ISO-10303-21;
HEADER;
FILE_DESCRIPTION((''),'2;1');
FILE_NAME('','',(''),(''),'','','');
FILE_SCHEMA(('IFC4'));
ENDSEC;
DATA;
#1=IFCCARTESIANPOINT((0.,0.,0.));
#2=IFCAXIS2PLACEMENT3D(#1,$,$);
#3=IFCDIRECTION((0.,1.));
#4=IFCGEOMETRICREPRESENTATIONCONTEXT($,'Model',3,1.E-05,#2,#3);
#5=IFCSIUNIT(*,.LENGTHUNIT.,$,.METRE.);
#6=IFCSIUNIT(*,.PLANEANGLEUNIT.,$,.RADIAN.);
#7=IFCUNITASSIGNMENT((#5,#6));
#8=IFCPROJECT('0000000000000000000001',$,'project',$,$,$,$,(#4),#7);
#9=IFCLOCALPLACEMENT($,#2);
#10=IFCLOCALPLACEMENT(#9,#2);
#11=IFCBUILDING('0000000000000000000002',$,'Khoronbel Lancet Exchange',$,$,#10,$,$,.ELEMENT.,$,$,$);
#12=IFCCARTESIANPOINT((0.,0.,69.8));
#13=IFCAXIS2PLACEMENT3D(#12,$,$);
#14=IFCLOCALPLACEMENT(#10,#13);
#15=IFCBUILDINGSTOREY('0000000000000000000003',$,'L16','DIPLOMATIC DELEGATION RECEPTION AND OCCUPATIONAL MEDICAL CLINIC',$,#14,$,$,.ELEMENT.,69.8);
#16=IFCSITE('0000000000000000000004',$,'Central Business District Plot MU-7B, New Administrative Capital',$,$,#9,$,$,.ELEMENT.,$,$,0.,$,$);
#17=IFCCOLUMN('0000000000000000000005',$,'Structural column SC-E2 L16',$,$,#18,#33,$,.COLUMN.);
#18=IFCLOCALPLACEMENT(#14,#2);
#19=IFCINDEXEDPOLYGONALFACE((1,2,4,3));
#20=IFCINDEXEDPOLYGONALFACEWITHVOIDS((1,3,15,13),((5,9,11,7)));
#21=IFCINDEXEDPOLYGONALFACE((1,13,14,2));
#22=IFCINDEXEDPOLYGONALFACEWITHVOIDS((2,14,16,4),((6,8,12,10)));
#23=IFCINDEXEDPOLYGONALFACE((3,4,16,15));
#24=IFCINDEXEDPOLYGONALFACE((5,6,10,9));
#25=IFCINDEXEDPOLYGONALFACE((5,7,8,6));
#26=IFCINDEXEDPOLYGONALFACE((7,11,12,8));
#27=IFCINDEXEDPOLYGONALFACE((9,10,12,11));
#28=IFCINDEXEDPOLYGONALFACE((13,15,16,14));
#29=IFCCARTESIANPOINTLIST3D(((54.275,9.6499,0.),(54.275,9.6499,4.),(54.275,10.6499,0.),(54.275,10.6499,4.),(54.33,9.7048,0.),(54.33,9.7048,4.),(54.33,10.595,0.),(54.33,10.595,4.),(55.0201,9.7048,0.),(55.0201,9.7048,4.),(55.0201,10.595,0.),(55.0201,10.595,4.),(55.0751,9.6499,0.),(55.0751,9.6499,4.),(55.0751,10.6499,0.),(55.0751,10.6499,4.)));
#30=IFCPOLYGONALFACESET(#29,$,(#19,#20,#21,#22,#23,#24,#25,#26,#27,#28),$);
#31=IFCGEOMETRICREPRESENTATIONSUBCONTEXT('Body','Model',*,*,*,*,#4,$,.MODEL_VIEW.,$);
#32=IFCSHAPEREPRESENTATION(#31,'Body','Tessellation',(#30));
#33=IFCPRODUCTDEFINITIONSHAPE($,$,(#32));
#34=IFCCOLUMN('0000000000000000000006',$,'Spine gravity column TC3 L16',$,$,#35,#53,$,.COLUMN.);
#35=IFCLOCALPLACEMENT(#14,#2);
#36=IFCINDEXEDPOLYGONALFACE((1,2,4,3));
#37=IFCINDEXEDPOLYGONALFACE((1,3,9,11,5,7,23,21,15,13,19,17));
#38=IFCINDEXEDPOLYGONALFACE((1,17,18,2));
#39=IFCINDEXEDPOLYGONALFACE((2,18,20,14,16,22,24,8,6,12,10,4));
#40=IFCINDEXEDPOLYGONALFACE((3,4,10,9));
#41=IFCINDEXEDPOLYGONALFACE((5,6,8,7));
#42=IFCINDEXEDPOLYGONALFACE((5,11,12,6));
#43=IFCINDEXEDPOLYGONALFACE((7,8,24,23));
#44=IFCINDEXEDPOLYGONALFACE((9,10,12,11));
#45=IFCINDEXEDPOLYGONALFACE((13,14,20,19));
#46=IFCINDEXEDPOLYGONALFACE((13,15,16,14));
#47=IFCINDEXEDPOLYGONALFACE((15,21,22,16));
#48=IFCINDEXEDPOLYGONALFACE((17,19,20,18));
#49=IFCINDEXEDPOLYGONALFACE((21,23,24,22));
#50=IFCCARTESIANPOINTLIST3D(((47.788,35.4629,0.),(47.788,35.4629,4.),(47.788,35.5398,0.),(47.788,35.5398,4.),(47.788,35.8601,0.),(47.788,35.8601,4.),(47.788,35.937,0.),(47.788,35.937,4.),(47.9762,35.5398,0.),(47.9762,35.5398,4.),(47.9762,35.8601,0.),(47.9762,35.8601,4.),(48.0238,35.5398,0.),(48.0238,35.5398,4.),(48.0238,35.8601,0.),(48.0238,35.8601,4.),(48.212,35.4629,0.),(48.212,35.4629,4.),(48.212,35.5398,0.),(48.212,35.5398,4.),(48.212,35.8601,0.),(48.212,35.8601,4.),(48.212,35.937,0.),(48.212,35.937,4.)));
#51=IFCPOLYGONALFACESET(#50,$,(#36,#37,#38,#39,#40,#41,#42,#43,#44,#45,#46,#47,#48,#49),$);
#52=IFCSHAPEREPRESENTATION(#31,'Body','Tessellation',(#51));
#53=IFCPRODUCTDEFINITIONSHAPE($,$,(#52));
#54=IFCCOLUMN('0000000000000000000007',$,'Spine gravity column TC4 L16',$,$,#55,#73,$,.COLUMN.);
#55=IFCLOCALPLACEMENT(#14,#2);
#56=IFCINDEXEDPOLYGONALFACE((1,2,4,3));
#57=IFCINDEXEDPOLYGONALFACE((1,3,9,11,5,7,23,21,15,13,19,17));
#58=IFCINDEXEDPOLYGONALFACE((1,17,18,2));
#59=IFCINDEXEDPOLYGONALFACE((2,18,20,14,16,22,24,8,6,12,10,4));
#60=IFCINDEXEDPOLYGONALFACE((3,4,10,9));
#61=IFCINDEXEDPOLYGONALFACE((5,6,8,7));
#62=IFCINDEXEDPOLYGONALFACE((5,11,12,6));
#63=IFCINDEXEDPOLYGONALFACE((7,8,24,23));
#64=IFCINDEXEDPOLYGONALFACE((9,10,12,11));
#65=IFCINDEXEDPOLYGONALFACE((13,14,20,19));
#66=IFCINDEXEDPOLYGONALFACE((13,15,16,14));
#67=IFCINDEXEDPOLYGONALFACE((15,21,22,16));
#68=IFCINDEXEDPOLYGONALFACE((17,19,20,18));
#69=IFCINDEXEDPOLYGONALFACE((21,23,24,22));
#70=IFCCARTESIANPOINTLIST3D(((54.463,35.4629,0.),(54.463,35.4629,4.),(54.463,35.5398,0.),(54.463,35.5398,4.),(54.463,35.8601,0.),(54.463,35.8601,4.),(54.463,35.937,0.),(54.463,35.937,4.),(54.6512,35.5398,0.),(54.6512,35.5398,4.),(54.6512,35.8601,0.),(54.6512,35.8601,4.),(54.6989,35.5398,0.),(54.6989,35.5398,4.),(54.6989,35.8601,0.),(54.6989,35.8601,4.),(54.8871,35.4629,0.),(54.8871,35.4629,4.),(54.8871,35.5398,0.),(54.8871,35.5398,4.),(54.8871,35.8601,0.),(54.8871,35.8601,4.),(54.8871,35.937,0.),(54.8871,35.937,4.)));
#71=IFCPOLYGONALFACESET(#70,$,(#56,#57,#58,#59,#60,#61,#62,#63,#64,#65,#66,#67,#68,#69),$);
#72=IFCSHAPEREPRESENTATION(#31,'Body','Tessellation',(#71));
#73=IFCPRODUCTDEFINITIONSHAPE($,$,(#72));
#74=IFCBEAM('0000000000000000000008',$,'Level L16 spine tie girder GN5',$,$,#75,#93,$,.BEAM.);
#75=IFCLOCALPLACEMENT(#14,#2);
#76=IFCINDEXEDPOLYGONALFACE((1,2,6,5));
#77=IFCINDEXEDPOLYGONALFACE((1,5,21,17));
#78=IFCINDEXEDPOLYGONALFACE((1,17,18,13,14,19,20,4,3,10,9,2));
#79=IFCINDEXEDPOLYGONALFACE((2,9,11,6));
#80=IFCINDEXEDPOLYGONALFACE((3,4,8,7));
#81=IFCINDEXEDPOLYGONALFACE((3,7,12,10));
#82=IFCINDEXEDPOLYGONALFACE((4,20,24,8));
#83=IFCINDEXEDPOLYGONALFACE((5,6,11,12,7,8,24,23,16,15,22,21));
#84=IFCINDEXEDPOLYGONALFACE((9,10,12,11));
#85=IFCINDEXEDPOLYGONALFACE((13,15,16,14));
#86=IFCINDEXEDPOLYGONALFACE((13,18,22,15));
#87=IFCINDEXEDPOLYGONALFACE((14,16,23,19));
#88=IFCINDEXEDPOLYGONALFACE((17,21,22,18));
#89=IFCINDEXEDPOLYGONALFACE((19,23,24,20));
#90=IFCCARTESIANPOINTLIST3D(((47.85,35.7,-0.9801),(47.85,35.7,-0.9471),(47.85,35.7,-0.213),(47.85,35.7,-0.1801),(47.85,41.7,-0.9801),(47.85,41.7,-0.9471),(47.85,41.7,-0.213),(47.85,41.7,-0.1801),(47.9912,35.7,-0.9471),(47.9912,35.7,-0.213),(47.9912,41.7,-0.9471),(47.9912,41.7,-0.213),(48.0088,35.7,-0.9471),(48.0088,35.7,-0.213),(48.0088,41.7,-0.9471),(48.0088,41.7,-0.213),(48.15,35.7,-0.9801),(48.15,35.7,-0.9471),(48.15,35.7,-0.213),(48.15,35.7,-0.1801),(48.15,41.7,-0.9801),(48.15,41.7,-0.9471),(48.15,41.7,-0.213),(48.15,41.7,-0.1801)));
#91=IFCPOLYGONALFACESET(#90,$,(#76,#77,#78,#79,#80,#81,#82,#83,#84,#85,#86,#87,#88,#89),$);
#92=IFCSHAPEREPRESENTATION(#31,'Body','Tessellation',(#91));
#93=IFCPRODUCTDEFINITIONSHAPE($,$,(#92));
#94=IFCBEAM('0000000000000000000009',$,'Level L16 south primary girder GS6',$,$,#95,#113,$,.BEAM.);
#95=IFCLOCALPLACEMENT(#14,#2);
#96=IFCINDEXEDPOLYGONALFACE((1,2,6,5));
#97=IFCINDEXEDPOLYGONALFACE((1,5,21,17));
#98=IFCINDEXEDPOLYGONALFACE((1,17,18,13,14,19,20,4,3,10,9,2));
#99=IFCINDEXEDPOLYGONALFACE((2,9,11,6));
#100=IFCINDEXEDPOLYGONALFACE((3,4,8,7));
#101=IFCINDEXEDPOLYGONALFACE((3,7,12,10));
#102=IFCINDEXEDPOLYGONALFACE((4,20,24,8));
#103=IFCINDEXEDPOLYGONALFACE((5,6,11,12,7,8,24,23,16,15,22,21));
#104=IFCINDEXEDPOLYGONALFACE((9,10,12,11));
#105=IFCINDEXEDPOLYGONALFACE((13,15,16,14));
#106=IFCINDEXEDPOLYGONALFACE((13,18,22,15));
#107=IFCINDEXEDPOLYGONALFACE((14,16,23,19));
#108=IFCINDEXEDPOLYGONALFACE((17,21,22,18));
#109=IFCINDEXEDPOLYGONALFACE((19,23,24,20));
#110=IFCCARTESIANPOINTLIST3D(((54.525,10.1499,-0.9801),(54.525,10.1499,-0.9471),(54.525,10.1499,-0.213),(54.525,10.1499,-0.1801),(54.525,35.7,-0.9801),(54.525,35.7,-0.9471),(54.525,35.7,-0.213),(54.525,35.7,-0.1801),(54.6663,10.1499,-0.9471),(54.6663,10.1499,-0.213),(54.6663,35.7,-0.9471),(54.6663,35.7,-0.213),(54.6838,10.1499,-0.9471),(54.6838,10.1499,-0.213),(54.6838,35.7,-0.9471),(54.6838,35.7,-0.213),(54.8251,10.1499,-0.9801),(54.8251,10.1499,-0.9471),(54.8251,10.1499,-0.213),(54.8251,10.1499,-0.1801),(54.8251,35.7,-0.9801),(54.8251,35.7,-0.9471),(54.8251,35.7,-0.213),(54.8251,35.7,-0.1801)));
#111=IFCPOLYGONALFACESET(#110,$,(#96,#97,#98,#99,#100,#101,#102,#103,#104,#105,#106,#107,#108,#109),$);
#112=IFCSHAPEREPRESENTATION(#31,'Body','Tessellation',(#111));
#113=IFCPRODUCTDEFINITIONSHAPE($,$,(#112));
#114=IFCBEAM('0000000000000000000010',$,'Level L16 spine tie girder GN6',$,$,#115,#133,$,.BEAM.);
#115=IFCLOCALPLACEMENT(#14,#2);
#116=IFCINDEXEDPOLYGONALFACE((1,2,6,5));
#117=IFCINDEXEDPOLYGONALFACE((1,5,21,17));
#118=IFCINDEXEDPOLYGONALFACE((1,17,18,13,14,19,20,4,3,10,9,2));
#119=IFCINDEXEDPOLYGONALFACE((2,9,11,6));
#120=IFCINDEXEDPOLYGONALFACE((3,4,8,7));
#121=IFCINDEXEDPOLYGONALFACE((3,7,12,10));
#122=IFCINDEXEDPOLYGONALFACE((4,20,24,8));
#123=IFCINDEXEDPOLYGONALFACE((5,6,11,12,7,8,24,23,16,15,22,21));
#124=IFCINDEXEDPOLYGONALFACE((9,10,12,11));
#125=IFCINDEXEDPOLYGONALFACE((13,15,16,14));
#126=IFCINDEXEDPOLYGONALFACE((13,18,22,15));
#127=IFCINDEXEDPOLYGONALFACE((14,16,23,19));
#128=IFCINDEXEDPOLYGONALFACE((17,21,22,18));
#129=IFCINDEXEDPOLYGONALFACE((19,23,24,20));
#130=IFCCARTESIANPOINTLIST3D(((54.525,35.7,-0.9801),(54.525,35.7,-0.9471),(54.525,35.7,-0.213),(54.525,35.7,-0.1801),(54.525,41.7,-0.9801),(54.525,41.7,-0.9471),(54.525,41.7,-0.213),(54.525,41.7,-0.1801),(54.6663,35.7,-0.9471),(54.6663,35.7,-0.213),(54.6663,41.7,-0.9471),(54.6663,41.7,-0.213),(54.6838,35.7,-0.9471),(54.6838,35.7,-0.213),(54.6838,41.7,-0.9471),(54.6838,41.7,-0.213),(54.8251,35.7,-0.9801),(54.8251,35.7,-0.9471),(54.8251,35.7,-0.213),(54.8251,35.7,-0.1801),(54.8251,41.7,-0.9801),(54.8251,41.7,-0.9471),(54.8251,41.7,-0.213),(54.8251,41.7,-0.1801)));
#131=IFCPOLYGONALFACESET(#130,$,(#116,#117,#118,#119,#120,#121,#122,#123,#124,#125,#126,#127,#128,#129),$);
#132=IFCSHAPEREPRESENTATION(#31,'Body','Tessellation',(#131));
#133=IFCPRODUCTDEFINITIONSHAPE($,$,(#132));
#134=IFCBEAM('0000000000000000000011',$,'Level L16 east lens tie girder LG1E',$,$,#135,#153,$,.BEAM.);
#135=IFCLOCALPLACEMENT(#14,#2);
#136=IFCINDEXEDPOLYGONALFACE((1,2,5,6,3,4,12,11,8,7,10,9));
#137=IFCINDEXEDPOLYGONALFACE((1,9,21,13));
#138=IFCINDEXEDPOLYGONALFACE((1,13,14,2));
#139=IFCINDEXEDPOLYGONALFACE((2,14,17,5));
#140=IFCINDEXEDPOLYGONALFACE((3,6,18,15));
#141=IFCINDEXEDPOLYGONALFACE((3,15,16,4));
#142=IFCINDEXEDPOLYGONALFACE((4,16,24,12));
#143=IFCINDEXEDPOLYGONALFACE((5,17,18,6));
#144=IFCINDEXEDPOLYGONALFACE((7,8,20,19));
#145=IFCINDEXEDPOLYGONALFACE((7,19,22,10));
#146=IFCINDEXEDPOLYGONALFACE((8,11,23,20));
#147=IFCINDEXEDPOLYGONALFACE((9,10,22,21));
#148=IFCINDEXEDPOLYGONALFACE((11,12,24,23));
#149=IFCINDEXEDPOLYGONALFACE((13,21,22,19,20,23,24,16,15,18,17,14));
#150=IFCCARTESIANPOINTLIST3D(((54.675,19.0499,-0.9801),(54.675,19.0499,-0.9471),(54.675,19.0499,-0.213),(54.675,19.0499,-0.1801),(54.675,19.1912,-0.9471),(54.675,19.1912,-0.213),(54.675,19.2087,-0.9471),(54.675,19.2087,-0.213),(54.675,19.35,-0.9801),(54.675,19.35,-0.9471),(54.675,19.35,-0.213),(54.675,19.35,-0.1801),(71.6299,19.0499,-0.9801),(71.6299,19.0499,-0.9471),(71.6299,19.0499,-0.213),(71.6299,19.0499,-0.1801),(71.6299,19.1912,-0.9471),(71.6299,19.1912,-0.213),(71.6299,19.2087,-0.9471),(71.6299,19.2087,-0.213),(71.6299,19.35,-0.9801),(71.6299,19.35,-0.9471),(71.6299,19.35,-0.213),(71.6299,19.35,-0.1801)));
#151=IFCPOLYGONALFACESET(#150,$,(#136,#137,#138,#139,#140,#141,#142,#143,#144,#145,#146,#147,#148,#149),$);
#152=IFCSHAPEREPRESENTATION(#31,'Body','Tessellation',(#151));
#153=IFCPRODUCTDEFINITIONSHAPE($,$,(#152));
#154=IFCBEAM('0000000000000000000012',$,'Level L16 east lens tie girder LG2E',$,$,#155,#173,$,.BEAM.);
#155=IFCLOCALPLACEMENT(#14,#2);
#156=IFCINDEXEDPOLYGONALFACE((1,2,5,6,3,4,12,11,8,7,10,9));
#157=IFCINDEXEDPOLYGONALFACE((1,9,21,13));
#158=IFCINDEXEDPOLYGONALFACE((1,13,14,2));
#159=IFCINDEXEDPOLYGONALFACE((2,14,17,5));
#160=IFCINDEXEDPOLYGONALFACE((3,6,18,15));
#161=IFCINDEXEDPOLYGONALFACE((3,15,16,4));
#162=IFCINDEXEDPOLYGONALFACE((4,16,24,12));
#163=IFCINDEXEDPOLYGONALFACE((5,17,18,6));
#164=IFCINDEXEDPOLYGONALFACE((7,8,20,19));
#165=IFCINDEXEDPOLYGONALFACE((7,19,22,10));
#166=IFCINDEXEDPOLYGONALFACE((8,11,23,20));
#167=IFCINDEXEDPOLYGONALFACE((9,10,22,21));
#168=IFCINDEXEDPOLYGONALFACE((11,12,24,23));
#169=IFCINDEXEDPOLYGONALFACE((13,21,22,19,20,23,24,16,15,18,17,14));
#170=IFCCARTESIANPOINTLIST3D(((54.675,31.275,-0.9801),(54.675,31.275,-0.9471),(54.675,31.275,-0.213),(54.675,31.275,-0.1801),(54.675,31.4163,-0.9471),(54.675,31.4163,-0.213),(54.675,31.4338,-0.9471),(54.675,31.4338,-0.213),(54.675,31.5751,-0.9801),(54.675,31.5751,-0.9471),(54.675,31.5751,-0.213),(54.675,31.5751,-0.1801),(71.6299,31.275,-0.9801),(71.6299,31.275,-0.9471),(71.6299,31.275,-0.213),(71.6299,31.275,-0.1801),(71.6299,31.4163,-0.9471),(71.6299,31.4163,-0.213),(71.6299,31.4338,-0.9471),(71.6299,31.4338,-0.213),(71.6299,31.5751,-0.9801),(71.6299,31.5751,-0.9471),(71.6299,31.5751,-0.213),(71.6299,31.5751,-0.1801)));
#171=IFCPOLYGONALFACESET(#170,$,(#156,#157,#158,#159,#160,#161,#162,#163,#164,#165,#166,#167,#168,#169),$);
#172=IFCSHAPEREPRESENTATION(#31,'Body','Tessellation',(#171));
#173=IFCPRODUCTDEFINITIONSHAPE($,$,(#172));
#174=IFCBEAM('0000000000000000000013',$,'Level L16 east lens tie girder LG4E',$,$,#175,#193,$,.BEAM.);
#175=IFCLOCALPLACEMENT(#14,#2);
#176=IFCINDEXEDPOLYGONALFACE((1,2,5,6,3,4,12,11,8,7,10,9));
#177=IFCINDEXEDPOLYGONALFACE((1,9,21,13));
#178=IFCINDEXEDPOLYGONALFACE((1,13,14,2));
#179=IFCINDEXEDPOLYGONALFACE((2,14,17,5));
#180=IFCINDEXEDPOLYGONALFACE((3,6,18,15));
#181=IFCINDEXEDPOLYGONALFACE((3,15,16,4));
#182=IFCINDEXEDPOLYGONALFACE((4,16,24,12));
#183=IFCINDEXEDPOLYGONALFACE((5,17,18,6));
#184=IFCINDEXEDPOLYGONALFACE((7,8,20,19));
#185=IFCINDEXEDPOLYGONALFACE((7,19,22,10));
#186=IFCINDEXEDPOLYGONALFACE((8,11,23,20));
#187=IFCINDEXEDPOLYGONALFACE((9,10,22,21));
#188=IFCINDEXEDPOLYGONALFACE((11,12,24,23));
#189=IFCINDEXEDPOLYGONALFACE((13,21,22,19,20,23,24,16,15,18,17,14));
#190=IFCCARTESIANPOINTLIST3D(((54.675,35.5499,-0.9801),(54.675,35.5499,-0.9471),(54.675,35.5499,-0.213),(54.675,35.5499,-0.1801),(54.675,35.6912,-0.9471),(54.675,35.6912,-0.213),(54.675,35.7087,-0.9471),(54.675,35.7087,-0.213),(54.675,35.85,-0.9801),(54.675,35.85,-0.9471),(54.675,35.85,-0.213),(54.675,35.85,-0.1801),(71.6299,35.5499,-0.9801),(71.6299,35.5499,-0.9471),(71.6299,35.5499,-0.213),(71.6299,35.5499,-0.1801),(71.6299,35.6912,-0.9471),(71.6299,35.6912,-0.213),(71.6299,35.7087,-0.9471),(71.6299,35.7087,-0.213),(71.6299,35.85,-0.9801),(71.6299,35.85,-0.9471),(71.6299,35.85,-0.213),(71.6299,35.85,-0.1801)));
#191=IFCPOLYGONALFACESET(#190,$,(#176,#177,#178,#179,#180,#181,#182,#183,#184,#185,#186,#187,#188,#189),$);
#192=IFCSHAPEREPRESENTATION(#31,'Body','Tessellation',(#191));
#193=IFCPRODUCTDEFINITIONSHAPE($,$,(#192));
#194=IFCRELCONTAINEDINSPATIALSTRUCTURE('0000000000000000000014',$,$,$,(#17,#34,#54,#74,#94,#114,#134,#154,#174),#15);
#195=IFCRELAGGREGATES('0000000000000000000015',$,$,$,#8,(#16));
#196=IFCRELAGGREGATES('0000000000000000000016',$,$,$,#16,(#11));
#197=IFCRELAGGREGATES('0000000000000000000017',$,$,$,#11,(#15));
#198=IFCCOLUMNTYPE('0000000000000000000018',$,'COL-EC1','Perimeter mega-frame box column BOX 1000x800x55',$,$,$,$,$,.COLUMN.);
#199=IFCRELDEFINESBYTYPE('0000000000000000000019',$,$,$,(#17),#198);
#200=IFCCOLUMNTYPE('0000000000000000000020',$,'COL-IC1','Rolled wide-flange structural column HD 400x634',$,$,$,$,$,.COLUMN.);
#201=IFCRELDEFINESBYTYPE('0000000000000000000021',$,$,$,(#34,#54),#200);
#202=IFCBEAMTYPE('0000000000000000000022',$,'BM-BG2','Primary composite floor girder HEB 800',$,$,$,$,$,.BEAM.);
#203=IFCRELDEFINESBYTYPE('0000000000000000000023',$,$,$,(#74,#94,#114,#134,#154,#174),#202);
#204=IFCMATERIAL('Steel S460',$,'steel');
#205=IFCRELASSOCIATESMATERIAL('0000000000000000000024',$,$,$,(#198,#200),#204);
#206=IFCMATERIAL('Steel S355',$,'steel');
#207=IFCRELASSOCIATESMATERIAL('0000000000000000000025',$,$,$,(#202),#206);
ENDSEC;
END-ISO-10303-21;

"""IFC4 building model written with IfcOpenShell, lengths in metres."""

from ifc_helpers import new_model, si_unit, direction, frame, origin, origin_2d, place, context, subcontext, project, spatial, hollow_rectangle, i_section, extrude, material, material_profile, profile_set, type_object, element, save


model = new_model("IFC4")

# Units and contexts
model_context = context("Model", 3, precision=1e-05, world=origin(), true_north=direction((0.0, 1.0)))
body_context = subcontext(model_context, "Body", "Model", "MODEL_VIEW")
ifc_project = project(units=[si_unit("LENGTHUNIT", "METRE"), si_unit("PLANEANGLEUNIT", "RADIAN")], contexts=[model_context])

# Site, building, storey
site_placement = place(None, origin())
site = spatial("IfcSite", under=ifc_project, at=site_placement, Name="Central Business District Plot MU-7B, New Administrative Capital", CompositionType="ELEMENT", RefElevation=0.0)
building_placement = place(site_placement, origin())
building = spatial("IfcBuilding", under=site, at=building_placement, Name="Khoronbel Lancet Exchange", CompositionType="ELEMENT")
storey_placement = place(building_placement, frame((0.0, 0.0, 69.8)))
storey = spatial("IfcBuildingStorey", under=building, at=storey_placement, Name="L16", Description="DIPLOMATIC DELEGATION RECEPTION AND OCCUPATIONAL MEDICAL CLINIC", CompositionType="ELEMENT", Elevation=69.8)

# Columns
ifc_material_1 = material(Name="Steel S460", Category="steel")
ifc_material_profile_1 = material_profile(ifc_material_1, hollow_rectangle(XDim=0.8, YDim=1.0, WallThickness=0.0549, at=origin_2d()), Name="BOX 1000x800x55")
ifc_profile_set_1 = profile_set([ifc_material_profile_1], Name="Steel S460")
column_type_1 = type_object("IfcColumnType", Name="COL-EC1", Description="Perimeter mega-frame box column BOX 1000x800x55", PredefinedType="COLUMN", material=ifc_profile_set_1)
column_placement = place(storey_placement, frame((54.675, 10.1499, 0.0), z_axis=(0.0, 0.0, 1.0), x_axis=(1.0, 0.0, 0.0)))
element("IfcColumn", 1, at=column_placement, inside=storey, type_object=column_type_1, Name="Structural column SC-E2 L16", PredefinedType="COLUMN", context=body_context, shape_type="SweptSolid", body=[
    extrude(hollow_rectangle(XDim=0.8, YDim=1.0, WallThickness=0.0549, at=origin_2d()), origin(), (0.0, 0.0, 1.0), 4.0),
])
ifc_material_profile_2 = material_profile(ifc_material_1, i_section(OverallWidth=0.4241, OverallDepth=0.4741, WebThickness=0.0476, FlangeThickness=0.0769, at=origin_2d()), Name="HD 400x634")
ifc_profile_set_2 = profile_set([ifc_material_profile_2], Name="Steel S460")
column_type_2 = type_object("IfcColumnType", Name="COL-IC1", Description="Rolled wide-flange structural column HD 400x634", PredefinedType="COLUMN", material=ifc_profile_set_2)
for number, where, z_axis, x_axis, name in (
    (2, (48.0, 35.7, 0.0), (0.0, 0.0, 1.0), (1.0, 0.0, 0.0), "Spine gravity column TC3 L16"),
    (3, (54.675, 35.7, 0.0), (0.0, 0.0, 1.0), (1.0, 0.0, 0.0), "Spine gravity column TC4 L16"),
):
    element("IfcColumn", number, at=place(storey_placement, frame(where, z_axis=z_axis, x_axis=x_axis)), inside=storey, type_object=column_type_2, Name=name, PredefinedType="COLUMN", context=body_context, shape_type="SweptSolid", body=[
        extrude(i_section(OverallWidth=0.4241, OverallDepth=0.4741, WebThickness=0.0476, FlangeThickness=0.0769, at=origin_2d()), origin(), (0.0, 0.0, 1.0), 4.0),
    ])

# Beams
ifc_material_2 = material(Name="Steel S355", Category="steel")
ifc_material_profile_3 = material_profile(ifc_material_2, i_section(OverallWidth=0.3, OverallDepth=0.8, WebThickness=0.0176, FlangeThickness=0.033, at=origin_2d()), Name="HEB 800")
ifc_profile_set_3 = profile_set([ifc_material_profile_3], Name="Steel S355")
beam_type_1 = type_object("IfcBeamType", Name="BM-BG2", Description="Primary composite floor girder HEB 800", PredefinedType="BEAM", material=ifc_profile_set_3)
beam_1_placement = place(storey_placement, frame((48.0, 35.7, -0.5801), z_axis=(0.0, 1.0, 0.0), x_axis=(-1.0, 0.0, 0.0)))
element("IfcBeam", 4, at=beam_1_placement, inside=storey, type_object=beam_type_1, Name="Level L16 spine tie girder GN5", PredefinedType="BEAM", context=body_context, shape_type="SweptSolid", body=[
    extrude(i_section(OverallWidth=0.3, OverallDepth=0.8, WebThickness=0.0176, FlangeThickness=0.033, at=origin_2d()), origin(), (0.0, 0.0, 1.0), 6.0),
])
beam_2_placement = place(storey_placement, frame((54.675, 10.1499, -0.5801), z_axis=(0.0, 1.0, 0.0), x_axis=(-1.0, 0.0, 0.0)))
element("IfcBeam", 5, at=beam_2_placement, inside=storey, type_object=beam_type_1, Name="Level L16 south primary girder GS6", PredefinedType="BEAM", context=body_context, shape_type="SweptSolid", body=[
    extrude(i_section(OverallWidth=0.3, OverallDepth=0.8, WebThickness=0.0176, FlangeThickness=0.033, at=origin_2d()), origin(), (0.0, 0.0, 1.0), 25.55),
])
beam_3_placement = place(storey_placement, frame((54.675, 35.7, -0.5801), z_axis=(0.0, 1.0, 0.0), x_axis=(-1.0, 0.0, 0.0)))
element("IfcBeam", 6, at=beam_3_placement, inside=storey, type_object=beam_type_1, Name="Level L16 spine tie girder GN6", PredefinedType="BEAM", context=body_context, shape_type="SweptSolid", body=[
    extrude(i_section(OverallWidth=0.3, OverallDepth=0.8, WebThickness=0.0176, FlangeThickness=0.033, at=origin_2d()), origin(), (0.0, 0.0, 1.0), 6.0),
])
for number, where, z_axis, x_axis, name in (
    (7, (54.675, 19.2, -0.5801), (1.0, 0.0, 0.0), (0.0, 1.0, 0.0), "Level L16 east lens tie girder LG1E"),
    (8, (54.675, 31.425, -0.5801), (1.0, 0.0, 0.0), (0.0, 1.0, 0.0), "Level L16 east lens tie girder LG2E"),
    (9, (54.675, 35.7, -0.5801), (1.0, 0.0, 0.0), (0.0, 1.0, 0.0), "Level L16 east lens tie girder LG4E"),
):
    element("IfcBeam", number, at=place(storey_placement, frame(where, z_axis=z_axis, x_axis=x_axis)), inside=storey, type_object=beam_type_1, Name=name, PredefinedType="BEAM", context=body_context, shape_type="SweptSolid", body=[
        extrude(i_section(OverallWidth=0.3, OverallDepth=0.8, WebThickness=0.0176, FlangeThickness=0.033, at=origin_2d()), origin(), (0.0, 0.0, 1.0), 16.9548),
    ])

save(model, "model.ifc")
